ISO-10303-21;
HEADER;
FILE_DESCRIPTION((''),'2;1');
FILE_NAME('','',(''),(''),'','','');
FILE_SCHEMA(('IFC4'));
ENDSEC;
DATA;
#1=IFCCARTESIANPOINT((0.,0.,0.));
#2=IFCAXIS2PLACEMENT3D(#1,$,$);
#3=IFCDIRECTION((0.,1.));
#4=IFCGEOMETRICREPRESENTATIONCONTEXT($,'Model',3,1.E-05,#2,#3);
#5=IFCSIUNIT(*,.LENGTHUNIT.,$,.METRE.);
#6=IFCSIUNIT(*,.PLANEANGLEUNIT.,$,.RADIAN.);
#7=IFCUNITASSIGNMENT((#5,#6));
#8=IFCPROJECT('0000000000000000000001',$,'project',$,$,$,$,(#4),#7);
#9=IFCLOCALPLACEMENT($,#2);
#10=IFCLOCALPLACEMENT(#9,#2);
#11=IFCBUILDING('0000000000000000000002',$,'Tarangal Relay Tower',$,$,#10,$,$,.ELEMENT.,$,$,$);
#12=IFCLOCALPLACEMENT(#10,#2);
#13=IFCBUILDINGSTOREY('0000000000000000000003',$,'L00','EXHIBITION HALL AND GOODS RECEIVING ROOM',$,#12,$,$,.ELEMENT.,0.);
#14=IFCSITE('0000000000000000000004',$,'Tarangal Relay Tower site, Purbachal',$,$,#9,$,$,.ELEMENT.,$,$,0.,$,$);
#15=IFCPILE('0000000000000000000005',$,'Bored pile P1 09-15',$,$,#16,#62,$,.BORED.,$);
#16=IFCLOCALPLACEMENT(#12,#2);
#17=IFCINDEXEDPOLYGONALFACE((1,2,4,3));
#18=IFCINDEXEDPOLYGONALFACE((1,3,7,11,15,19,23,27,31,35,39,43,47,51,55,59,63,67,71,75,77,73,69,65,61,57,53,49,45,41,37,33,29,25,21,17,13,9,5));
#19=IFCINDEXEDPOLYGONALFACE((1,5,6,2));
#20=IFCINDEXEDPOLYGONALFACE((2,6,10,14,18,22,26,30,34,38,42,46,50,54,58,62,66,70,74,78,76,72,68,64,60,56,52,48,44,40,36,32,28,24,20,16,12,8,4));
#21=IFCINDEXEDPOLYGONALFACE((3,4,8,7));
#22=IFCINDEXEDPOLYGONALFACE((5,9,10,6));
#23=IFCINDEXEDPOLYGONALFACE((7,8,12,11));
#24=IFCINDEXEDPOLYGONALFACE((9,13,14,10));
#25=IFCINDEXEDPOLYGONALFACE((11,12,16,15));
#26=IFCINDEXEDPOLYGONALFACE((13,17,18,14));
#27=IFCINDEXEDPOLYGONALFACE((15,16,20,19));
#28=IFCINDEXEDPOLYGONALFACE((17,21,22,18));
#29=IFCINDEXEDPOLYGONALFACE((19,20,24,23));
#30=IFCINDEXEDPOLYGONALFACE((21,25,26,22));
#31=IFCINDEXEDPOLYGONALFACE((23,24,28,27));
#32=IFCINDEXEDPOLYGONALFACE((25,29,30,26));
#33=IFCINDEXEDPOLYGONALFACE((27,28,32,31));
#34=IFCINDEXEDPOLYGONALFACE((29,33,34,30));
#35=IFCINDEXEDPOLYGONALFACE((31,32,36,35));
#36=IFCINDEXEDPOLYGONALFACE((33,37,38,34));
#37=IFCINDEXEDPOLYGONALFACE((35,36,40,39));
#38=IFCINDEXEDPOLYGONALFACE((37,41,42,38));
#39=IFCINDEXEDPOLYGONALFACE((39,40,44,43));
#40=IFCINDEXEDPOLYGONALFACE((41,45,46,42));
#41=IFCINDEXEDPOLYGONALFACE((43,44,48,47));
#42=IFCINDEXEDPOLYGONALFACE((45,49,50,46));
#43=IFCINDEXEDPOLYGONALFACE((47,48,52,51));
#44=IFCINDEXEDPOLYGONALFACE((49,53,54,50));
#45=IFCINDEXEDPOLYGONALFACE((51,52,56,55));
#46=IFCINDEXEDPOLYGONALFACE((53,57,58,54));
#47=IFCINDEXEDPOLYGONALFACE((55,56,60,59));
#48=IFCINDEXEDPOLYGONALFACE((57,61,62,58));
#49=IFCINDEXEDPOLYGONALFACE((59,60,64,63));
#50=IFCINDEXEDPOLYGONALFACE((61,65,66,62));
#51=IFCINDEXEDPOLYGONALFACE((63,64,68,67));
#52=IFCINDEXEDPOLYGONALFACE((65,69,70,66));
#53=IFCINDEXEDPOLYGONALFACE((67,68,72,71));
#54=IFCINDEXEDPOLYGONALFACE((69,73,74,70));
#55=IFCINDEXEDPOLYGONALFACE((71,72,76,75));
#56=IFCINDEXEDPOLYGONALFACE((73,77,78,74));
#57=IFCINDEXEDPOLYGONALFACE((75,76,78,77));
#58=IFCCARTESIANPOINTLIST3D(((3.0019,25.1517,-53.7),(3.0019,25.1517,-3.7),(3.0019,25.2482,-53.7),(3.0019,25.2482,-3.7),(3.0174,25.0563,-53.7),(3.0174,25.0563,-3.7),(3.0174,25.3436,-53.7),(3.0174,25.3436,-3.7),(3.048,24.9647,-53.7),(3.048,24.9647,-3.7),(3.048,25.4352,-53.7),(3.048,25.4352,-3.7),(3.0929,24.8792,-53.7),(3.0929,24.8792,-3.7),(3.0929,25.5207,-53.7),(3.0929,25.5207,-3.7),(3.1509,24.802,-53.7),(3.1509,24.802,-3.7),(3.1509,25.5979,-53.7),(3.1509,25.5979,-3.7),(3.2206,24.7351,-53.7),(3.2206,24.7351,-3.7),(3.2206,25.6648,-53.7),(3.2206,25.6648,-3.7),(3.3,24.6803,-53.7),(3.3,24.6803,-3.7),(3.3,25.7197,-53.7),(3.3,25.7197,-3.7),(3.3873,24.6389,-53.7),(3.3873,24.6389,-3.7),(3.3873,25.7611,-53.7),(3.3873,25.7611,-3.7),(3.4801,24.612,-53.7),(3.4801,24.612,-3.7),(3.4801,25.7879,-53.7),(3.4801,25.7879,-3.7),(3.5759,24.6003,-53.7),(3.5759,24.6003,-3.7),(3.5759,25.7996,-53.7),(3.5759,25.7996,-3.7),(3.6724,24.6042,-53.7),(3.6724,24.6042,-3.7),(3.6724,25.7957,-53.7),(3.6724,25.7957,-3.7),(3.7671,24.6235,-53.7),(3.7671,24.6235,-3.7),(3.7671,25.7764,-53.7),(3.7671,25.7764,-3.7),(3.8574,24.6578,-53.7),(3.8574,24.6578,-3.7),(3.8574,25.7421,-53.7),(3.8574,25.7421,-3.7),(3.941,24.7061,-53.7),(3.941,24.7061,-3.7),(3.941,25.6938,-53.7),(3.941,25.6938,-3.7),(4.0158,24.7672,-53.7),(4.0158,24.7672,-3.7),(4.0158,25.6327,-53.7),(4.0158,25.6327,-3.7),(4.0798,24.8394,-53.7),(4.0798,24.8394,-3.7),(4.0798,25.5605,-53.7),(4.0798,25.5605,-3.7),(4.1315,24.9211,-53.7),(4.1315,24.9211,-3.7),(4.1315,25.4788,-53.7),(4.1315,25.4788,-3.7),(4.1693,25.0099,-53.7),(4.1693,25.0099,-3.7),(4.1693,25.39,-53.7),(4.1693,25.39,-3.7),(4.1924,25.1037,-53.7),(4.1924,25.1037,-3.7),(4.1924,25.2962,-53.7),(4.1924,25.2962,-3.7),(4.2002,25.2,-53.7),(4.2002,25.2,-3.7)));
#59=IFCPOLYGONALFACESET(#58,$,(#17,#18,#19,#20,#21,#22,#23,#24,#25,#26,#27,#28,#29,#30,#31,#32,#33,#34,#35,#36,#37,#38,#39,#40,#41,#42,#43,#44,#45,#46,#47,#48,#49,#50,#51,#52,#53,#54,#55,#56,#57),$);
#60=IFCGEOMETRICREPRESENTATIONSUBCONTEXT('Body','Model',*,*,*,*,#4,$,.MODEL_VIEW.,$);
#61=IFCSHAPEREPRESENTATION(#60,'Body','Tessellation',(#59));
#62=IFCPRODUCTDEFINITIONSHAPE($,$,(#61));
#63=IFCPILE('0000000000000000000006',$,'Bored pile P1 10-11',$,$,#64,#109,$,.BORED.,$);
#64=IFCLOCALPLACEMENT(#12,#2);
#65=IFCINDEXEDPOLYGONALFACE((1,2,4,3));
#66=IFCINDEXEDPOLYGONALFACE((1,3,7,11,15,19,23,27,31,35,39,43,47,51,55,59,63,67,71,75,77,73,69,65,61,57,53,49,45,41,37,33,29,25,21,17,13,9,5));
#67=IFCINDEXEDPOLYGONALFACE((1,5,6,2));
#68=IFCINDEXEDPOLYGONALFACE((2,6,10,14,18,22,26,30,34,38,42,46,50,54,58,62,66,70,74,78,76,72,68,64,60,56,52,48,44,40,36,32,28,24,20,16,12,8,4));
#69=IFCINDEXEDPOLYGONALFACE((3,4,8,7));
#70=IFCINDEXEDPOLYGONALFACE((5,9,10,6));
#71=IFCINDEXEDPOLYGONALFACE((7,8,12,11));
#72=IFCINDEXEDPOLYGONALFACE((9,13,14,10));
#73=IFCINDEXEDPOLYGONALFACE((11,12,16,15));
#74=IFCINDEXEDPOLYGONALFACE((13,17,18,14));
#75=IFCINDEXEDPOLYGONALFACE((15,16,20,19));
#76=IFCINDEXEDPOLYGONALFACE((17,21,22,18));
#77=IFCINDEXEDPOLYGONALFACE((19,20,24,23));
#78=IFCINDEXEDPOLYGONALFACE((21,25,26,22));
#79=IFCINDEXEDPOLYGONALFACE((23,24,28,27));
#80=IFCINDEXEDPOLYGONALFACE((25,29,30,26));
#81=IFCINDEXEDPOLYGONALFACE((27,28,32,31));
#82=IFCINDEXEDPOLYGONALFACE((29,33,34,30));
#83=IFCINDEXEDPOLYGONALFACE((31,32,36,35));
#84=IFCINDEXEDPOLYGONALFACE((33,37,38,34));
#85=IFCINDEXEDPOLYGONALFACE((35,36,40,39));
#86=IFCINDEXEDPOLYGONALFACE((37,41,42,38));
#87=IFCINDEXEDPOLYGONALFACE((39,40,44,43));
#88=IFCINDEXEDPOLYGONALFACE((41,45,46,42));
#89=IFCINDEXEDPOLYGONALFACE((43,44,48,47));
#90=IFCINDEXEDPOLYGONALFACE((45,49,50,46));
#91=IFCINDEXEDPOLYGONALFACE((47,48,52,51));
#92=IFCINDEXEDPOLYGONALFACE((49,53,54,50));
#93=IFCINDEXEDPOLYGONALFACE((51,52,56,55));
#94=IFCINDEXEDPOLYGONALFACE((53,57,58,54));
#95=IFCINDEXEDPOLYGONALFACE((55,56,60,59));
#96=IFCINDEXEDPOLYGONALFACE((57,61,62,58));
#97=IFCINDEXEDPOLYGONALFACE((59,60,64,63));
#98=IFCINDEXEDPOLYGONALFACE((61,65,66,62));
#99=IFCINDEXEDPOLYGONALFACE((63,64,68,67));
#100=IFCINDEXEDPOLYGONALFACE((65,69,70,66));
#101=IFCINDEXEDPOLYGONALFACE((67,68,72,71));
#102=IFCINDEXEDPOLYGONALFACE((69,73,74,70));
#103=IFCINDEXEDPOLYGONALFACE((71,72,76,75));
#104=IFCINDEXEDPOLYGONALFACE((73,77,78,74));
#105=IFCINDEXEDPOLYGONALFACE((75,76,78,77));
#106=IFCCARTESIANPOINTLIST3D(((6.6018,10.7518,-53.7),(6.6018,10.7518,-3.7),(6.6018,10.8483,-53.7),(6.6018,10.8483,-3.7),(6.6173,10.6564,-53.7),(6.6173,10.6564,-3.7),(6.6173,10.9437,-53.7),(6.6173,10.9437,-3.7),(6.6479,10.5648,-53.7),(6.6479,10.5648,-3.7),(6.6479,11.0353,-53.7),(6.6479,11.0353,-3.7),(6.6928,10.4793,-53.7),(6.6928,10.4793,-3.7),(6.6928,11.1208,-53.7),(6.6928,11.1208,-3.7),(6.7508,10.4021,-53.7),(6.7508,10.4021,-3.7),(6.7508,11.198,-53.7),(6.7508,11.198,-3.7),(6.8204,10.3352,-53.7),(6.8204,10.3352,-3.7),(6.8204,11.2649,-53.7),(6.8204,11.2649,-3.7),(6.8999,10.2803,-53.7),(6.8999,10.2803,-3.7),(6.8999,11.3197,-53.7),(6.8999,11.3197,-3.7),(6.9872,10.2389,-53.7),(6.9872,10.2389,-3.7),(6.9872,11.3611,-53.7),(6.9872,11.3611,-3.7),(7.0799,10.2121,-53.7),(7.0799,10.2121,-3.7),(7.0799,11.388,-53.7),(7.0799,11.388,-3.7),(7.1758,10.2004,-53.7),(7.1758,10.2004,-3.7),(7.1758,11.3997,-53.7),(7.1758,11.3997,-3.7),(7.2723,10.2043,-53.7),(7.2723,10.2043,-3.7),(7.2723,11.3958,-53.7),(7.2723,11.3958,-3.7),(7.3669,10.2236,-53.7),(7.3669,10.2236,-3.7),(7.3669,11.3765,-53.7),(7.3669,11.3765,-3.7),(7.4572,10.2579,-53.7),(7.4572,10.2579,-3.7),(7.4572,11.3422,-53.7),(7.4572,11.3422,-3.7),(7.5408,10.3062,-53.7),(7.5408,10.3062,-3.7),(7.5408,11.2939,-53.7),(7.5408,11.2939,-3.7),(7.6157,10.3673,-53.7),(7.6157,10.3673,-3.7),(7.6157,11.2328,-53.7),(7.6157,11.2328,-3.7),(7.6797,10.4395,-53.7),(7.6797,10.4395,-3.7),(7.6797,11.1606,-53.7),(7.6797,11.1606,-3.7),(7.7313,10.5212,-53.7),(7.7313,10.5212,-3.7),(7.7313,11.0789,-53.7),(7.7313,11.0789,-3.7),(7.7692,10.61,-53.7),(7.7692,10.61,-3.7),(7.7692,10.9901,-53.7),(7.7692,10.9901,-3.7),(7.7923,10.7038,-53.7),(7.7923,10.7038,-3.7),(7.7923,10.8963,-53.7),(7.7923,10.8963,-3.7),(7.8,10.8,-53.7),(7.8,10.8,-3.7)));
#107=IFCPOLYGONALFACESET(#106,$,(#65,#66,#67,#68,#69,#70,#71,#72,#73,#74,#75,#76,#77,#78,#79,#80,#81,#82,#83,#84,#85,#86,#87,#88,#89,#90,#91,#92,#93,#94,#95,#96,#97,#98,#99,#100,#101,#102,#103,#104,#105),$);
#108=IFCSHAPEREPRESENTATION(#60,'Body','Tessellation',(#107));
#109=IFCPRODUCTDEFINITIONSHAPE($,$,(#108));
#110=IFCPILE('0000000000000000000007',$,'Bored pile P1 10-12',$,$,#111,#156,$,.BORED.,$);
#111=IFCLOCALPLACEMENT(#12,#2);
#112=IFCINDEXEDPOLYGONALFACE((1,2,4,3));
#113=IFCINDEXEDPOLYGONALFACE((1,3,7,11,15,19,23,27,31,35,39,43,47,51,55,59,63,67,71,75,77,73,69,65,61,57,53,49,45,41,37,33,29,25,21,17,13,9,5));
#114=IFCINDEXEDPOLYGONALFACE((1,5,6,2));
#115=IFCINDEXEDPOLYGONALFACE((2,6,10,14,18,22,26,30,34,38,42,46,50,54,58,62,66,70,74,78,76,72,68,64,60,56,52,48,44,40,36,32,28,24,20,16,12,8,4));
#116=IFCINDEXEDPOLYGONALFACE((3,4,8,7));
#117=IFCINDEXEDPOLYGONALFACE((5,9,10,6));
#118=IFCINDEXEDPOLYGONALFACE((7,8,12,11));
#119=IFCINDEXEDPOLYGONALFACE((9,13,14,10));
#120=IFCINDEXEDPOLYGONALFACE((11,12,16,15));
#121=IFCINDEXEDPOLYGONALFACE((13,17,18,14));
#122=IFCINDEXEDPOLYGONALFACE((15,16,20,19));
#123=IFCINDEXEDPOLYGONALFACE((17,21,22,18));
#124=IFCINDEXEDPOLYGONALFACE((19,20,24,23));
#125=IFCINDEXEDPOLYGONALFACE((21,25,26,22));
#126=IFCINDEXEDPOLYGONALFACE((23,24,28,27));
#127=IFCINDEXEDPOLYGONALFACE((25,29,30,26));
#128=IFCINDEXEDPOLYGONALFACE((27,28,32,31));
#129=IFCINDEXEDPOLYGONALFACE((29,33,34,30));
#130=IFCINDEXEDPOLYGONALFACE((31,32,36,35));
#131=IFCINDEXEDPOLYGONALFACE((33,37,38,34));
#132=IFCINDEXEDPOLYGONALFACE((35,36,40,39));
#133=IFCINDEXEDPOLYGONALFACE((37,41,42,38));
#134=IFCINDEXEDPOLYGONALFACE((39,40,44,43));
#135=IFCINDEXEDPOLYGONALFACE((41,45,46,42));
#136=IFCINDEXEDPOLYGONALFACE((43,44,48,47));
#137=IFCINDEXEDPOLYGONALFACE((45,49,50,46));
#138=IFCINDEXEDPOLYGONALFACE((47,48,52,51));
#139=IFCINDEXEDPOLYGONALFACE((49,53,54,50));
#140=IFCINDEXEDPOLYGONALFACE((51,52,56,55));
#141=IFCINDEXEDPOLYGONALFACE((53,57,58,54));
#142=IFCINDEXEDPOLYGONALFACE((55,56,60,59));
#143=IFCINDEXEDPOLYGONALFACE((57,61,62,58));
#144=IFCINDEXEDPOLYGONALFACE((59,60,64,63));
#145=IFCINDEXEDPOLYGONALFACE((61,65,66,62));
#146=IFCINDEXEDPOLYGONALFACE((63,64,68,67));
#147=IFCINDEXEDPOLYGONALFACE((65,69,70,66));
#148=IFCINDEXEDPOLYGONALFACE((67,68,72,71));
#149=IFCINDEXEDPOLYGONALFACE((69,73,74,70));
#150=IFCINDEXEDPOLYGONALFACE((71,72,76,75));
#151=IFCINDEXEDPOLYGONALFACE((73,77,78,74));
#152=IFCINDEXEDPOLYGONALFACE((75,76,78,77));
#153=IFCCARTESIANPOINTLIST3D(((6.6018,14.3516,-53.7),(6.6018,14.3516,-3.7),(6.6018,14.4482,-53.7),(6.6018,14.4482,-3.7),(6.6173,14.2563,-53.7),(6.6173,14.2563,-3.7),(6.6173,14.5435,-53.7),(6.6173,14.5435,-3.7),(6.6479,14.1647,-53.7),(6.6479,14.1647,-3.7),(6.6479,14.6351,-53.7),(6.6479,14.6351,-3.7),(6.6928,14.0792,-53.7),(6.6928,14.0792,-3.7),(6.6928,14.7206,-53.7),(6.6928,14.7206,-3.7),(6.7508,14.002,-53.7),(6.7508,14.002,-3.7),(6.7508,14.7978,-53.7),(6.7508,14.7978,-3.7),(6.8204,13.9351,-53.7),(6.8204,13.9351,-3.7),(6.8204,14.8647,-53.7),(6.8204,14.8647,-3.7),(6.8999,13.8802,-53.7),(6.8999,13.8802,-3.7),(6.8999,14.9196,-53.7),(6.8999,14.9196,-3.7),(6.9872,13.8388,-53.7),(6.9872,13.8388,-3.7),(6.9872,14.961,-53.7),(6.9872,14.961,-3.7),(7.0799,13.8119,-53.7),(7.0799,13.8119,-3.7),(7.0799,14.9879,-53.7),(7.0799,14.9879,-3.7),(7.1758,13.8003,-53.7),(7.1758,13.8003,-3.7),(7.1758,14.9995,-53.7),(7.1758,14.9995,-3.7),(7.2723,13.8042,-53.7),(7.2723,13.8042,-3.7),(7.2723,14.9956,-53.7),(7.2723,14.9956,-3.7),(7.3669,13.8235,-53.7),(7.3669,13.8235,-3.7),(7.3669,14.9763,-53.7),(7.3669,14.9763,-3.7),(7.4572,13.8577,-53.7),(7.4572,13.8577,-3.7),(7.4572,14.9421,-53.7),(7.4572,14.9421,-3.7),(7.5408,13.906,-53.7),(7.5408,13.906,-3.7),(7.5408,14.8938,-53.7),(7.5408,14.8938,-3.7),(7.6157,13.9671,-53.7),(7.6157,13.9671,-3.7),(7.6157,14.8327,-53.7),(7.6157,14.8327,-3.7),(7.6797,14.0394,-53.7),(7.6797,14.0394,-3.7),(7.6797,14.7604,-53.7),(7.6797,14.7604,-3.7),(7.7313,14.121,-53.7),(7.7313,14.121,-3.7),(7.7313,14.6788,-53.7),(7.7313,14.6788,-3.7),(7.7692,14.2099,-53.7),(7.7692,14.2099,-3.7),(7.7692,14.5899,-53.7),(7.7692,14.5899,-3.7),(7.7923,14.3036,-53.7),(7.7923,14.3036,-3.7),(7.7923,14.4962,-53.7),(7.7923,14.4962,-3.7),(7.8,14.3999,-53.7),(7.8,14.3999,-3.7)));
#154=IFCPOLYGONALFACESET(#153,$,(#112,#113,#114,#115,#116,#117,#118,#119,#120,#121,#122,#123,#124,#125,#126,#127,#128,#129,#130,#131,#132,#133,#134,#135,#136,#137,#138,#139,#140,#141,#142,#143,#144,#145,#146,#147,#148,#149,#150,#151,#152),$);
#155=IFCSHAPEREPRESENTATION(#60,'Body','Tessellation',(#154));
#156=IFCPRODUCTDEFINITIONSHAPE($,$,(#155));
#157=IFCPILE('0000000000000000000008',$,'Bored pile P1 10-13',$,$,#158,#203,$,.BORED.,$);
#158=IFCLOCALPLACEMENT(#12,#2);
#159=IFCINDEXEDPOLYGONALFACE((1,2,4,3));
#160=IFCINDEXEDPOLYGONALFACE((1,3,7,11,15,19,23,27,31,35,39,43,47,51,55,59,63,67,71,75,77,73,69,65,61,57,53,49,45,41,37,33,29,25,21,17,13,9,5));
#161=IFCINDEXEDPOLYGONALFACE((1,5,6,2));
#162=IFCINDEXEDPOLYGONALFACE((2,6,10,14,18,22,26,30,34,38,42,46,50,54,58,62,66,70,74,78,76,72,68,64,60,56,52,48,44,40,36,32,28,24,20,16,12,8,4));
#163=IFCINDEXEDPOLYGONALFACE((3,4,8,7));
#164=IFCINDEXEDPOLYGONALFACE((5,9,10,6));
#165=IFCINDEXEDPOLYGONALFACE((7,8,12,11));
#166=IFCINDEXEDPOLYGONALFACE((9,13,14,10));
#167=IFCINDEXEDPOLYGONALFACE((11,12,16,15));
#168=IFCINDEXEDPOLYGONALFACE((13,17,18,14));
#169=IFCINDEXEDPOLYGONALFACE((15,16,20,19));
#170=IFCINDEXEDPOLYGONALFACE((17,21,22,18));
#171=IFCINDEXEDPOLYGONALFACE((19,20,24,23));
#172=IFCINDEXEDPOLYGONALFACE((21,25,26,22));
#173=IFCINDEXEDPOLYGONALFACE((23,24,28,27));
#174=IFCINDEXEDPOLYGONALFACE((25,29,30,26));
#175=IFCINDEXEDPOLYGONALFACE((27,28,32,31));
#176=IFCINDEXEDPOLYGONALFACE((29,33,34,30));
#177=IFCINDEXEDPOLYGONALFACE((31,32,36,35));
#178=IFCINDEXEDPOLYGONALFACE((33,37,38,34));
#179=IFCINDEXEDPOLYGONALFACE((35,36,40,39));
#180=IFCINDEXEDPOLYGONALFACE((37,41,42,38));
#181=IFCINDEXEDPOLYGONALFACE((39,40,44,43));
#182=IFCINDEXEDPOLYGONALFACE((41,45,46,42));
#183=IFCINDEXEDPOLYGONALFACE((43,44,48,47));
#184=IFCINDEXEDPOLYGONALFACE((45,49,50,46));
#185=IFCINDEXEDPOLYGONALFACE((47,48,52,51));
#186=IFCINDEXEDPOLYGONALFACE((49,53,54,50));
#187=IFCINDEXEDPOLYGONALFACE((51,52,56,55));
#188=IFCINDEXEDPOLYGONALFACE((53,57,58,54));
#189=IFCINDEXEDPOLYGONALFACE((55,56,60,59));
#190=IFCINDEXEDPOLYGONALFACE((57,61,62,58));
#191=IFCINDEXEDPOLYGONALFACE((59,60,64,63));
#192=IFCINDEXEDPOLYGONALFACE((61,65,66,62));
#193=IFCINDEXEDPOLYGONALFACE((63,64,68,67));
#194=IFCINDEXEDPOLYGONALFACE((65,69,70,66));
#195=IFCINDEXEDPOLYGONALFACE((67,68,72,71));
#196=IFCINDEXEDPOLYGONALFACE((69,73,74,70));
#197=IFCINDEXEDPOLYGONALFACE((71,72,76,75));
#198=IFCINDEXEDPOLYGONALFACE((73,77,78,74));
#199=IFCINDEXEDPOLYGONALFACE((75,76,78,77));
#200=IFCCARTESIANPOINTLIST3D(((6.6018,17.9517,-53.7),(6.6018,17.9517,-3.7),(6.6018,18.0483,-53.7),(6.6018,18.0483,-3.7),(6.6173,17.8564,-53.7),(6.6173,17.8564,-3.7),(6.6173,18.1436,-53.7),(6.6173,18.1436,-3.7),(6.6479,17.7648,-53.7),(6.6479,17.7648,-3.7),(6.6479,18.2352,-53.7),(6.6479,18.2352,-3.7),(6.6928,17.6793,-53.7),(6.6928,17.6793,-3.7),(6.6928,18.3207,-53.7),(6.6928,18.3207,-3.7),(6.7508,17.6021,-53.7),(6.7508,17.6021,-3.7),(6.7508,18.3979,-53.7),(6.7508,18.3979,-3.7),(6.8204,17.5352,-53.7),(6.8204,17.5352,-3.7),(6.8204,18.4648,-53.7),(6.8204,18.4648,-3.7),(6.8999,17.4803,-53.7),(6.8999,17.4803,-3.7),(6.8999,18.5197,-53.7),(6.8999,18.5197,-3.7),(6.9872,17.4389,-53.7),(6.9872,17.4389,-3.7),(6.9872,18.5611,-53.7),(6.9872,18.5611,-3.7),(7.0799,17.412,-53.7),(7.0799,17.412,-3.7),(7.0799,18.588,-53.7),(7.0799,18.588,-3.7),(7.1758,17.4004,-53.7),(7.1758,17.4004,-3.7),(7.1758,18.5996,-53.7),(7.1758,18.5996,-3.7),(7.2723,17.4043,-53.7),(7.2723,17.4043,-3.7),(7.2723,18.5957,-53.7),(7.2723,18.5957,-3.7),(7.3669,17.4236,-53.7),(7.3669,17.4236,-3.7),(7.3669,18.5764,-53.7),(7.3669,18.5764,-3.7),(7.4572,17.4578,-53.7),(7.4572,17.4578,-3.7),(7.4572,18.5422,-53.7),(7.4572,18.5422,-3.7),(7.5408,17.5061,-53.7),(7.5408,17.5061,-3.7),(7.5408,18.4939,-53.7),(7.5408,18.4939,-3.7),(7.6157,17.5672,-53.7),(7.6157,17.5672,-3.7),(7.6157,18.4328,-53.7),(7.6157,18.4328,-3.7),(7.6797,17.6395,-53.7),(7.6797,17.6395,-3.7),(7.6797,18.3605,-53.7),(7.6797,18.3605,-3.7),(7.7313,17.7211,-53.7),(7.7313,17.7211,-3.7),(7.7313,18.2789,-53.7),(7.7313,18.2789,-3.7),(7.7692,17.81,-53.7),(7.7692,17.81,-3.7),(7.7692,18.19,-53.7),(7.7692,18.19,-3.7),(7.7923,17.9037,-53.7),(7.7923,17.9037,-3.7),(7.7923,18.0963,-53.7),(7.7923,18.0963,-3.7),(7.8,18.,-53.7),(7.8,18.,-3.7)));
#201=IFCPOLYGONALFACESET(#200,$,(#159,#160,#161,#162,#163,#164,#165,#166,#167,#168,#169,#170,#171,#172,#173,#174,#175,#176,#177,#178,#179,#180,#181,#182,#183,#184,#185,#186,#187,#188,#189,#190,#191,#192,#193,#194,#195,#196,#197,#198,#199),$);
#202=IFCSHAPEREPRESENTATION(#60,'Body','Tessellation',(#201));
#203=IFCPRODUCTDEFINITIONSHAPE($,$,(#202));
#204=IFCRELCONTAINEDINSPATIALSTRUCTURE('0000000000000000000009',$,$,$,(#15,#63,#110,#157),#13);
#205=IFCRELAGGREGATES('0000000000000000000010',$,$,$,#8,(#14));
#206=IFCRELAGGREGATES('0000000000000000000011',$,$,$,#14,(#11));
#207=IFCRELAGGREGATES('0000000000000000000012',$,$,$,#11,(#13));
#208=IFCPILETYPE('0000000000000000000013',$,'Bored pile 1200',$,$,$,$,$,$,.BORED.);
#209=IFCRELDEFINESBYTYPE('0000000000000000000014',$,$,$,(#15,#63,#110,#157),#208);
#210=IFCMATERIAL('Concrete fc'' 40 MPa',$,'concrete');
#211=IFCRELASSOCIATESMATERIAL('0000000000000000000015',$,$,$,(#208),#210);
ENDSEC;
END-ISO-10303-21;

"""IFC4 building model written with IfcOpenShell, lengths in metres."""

from ifc_helpers import new_model, si_unit, direction, frame, origin, origin_2d, place, context, subcontext, project, spatial, circle, extrude, material, material_profile, profile_set, type_object, element, save


model = new_model("IFC4")

# Units and contexts
model_context = context("Model", 3, precision=1e-05, world=origin(), true_north=direction((0.0, 1.0)))
body_context = subcontext(model_context, "Body", "Model", "MODEL_VIEW")
ifc_project = project(units=[si_unit("LENGTHUNIT", "METRE"), si_unit("PLANEANGLEUNIT", "RADIAN")], contexts=[model_context])

# Site, building, storey
site_placement = place(None, origin())
site = spatial("IfcSite", under=ifc_project, at=site_placement, Name="Tarangal Relay Tower site, Purbachal", CompositionType="ELEMENT", RefElevation=0.0)
building_placement = place(site_placement, origin())
building = spatial("IfcBuilding", under=site, at=building_placement, Name="Tarangal Relay Tower", CompositionType="ELEMENT")
storey_placement = place(building_placement, origin())
storey = spatial("IfcBuildingStorey", under=building, at=storey_placement, Name="L00", Description="EXHIBITION HALL AND GOODS RECEIVING ROOM", CompositionType="ELEMENT", Elevation=0.0)

# Piles
ifc_material_1 = material(Name="Concrete fc' 40 MPa", Category="concrete")
ifc_material_profile_1 = material_profile(ifc_material_1, circle(Radius=0.6001, at=origin_2d()), Name="D1200")
ifc_profile_set_1 = profile_set([ifc_material_profile_1], Name="Concrete fc' 40 MPa")
pile_type = type_object("IfcPileType", Name="Bored pile 1200", PredefinedType="BORED", material=ifc_profile_set_1)
for number, where, z_axis, x_axis, name in (
    (1, (3.6001, 25.2, -3.7), (0.0, 0.0, -1.0), (1.0, 0.0, 0.0), "Bored pile P1 09-15"),
    (2, (7.2, 10.8, -3.7), (0.0, 0.0, -1.0), (1.0, 0.0, 0.0), "Bored pile P1 10-11"),
    (3, (7.2, 14.3999, -3.7), (0.0, 0.0, -1.0), (1.0, 0.0, 0.0), "Bored pile P1 10-12"),
    (4, (7.2, 18.0, -3.7), (0.0, 0.0, -1.0), (1.0, 0.0, 0.0), "Bored pile P1 10-13"),
):
    element("IfcPile", number, at=place(storey_placement, frame(where, z_axis=z_axis, x_axis=x_axis)), inside=storey, type_object=pile_type, Name=name, PredefinedType="BORED", context=body_context, shape_type="SweptSolid", body=[
        extrude(circle(Radius=0.6001, at=origin_2d()), origin(), (0.0, 0.0, 1.0), 50.0),
    ])

save(model, "model.ifc")
